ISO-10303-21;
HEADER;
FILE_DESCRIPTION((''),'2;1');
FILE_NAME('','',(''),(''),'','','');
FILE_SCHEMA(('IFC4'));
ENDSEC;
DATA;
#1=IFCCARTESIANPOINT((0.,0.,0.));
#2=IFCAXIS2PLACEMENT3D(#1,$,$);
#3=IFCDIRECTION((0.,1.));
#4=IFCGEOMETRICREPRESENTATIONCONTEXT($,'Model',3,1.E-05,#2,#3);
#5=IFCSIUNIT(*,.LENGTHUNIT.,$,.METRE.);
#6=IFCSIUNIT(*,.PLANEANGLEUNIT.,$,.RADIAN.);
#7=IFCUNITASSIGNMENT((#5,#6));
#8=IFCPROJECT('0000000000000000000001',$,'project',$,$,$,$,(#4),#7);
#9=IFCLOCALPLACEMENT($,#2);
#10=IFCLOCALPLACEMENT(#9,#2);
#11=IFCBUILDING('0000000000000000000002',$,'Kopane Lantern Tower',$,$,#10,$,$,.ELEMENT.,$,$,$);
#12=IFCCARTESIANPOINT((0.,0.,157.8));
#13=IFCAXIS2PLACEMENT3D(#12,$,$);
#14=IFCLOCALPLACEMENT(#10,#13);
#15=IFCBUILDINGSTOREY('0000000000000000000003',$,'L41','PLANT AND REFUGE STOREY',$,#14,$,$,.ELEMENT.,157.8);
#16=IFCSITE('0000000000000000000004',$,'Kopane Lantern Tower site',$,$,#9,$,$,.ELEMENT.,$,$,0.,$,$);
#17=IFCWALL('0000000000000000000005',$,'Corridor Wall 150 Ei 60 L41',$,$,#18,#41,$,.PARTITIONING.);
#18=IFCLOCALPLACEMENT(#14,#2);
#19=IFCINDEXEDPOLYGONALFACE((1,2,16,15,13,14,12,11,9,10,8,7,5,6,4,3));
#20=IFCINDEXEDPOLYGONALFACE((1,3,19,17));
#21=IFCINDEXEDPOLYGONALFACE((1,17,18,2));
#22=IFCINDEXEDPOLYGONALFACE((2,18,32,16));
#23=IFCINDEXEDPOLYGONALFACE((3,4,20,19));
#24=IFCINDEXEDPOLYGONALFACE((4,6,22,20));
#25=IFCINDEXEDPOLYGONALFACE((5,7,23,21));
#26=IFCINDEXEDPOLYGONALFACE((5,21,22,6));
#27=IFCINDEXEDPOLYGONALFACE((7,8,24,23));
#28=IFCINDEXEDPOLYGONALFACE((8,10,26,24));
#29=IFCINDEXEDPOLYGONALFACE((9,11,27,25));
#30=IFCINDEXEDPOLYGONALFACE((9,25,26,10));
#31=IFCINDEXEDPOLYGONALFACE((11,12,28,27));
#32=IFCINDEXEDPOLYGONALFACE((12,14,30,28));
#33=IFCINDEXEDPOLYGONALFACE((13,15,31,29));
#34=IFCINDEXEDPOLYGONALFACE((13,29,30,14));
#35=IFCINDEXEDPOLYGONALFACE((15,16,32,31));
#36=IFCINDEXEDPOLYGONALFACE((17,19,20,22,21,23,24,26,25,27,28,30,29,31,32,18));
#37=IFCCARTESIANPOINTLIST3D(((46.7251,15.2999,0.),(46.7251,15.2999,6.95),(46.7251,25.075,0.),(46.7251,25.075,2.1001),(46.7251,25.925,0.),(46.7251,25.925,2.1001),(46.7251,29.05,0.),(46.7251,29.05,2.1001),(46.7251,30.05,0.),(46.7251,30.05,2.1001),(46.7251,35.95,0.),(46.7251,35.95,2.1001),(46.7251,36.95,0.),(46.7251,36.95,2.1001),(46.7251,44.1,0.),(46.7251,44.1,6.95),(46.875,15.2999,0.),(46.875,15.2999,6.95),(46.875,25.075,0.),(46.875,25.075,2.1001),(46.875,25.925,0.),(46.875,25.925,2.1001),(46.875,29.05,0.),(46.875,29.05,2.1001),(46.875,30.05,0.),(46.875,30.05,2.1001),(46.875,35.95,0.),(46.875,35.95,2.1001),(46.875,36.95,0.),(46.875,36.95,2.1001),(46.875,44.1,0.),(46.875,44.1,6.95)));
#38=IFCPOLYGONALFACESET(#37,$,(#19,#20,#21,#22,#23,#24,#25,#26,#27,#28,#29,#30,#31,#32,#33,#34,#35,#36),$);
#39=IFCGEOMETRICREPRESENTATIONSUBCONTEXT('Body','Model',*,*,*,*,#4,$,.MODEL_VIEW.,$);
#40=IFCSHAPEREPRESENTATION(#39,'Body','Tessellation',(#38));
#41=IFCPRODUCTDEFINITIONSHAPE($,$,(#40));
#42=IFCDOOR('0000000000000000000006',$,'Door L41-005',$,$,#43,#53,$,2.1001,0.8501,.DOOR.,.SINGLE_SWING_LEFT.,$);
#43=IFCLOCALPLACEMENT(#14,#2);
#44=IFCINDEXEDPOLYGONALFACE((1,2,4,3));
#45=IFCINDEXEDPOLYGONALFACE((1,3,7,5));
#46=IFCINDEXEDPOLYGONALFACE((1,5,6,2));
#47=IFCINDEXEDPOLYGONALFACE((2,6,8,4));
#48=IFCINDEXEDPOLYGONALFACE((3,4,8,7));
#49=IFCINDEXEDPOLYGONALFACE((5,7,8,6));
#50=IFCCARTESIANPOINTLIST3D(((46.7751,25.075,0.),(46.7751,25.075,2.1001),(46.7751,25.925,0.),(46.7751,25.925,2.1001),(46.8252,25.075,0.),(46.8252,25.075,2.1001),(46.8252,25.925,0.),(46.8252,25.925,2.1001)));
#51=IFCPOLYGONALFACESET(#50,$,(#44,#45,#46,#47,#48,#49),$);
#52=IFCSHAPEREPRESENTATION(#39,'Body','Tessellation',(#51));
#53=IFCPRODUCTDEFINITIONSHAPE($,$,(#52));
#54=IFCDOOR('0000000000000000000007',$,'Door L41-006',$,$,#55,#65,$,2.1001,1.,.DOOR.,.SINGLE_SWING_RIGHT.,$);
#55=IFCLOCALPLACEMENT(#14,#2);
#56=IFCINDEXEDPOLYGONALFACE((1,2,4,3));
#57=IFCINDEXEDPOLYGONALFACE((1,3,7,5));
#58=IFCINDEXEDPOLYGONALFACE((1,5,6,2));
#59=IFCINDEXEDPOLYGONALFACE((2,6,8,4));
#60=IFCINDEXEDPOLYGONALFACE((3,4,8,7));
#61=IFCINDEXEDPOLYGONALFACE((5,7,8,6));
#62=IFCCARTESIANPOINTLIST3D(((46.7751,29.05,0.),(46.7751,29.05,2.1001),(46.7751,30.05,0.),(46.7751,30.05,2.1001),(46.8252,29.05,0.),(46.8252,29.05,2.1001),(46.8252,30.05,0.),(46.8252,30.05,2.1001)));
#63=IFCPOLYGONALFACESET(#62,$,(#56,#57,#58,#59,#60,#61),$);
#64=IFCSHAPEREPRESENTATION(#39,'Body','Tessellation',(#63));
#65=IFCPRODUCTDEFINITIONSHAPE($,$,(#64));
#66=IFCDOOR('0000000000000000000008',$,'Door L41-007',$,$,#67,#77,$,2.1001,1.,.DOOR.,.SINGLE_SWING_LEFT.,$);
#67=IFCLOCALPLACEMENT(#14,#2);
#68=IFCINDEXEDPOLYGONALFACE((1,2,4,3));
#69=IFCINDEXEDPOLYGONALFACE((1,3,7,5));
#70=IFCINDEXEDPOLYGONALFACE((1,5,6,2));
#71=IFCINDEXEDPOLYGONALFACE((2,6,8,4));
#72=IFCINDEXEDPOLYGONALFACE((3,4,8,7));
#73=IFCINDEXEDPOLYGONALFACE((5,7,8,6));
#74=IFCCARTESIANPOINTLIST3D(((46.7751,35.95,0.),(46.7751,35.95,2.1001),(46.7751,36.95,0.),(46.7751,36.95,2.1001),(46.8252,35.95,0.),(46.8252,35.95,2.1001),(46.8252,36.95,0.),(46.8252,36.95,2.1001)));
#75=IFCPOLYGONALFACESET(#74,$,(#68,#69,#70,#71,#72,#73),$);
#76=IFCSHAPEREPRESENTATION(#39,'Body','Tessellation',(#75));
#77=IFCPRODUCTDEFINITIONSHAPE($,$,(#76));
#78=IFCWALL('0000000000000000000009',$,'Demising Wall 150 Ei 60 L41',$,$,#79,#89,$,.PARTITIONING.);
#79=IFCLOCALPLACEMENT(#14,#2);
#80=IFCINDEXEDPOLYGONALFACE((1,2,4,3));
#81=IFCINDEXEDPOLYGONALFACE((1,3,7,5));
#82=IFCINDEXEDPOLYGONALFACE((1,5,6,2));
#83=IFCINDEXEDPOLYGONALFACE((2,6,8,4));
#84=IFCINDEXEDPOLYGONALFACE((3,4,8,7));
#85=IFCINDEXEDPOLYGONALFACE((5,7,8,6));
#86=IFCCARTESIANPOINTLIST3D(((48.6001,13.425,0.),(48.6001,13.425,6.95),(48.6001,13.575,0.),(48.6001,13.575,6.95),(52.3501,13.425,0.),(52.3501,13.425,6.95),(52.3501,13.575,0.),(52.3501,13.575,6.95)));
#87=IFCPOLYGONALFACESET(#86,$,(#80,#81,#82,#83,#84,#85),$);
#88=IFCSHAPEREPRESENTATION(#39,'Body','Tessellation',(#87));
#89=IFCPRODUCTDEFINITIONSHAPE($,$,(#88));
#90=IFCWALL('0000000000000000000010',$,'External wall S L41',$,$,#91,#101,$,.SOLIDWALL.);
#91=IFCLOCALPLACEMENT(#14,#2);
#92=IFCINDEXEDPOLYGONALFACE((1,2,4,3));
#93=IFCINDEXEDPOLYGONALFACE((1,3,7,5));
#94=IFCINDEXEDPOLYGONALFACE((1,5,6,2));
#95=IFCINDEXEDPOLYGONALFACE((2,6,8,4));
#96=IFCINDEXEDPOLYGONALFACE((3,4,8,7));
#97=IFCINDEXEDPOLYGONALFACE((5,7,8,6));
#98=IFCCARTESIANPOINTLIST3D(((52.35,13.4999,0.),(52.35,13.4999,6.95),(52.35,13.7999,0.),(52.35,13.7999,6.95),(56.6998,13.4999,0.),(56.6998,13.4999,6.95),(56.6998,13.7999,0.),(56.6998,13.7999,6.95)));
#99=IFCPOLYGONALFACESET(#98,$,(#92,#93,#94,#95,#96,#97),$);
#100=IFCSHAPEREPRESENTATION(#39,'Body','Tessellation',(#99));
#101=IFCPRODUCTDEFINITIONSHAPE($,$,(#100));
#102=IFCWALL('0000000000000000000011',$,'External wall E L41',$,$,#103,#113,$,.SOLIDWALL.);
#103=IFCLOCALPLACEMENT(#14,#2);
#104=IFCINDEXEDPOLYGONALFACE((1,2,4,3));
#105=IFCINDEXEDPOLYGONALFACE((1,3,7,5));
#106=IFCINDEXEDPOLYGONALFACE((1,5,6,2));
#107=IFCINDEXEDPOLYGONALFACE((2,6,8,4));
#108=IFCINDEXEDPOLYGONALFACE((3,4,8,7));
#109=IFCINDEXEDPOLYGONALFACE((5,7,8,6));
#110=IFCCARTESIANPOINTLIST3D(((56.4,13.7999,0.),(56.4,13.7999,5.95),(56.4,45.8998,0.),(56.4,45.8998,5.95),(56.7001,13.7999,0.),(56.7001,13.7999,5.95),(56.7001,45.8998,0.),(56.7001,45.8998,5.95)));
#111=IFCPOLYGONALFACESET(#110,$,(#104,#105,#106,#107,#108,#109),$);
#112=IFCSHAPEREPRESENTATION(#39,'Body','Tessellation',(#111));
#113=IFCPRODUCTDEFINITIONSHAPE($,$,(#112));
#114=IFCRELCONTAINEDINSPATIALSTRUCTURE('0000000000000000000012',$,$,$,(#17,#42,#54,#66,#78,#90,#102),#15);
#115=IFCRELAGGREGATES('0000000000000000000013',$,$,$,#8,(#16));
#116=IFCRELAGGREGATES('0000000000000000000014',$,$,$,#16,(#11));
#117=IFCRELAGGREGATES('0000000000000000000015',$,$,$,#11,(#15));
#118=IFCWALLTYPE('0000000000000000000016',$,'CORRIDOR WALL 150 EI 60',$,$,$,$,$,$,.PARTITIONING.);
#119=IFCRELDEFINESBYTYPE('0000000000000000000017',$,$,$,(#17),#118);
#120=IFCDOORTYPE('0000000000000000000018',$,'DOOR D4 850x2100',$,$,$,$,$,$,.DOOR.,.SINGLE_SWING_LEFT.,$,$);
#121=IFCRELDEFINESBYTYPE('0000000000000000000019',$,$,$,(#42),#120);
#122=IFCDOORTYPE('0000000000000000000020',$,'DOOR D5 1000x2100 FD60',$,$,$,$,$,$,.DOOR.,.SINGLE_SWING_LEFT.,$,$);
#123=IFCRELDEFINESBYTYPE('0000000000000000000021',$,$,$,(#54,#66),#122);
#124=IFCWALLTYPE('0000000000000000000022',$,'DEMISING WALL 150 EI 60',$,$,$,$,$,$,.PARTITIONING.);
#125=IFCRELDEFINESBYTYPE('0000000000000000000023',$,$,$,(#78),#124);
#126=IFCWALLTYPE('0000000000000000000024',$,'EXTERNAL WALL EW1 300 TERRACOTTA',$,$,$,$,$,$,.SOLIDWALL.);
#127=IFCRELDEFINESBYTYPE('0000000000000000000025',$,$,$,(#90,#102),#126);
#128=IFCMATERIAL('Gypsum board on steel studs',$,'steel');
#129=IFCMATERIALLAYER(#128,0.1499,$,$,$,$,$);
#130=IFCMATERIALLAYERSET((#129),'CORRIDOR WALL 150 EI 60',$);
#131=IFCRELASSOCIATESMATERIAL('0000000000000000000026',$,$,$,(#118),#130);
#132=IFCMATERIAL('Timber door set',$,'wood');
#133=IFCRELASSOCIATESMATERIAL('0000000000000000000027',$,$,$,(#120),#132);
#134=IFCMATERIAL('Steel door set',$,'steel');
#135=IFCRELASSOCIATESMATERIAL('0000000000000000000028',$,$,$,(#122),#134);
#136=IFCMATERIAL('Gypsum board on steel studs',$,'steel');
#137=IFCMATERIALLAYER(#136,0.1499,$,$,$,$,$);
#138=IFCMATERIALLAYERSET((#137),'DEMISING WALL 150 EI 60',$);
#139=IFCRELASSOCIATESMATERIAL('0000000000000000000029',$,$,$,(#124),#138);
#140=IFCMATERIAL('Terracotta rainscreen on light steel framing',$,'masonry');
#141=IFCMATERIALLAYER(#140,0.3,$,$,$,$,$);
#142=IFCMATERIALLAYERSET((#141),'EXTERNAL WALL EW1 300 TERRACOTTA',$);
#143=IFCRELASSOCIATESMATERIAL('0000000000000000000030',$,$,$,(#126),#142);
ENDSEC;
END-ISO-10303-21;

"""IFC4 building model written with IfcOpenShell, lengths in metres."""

from ifc_helpers import new_model, si_unit, direction, frame, frame_2d, origin, place, context, subcontext, project, spatial, rectangle, extrude, material, layer, layer_set, type_object, element, fill, save


model = new_model("IFC4")

# Units and contexts
model_context = context("Model", 3, precision=1e-05, world=origin(), true_north=direction((0.0, 1.0)))
body_context = subcontext(model_context, "Body", "Model", "MODEL_VIEW")
ifc_project = project(units=[si_unit("LENGTHUNIT", "METRE"), si_unit("PLANEANGLEUNIT", "RADIAN")], contexts=[model_context])

# Site, building, storey
site_placement = place(None, origin())
site = spatial("IfcSite", under=ifc_project, at=site_placement, Name="Kopane Lantern Tower site", CompositionType="ELEMENT", RefElevation=0.0)
building_placement = place(site_placement, origin())
building = spatial("IfcBuilding", under=site, at=building_placement, Name="Kopane Lantern Tower", CompositionType="ELEMENT")
storey_placement = place(building_placement, frame((0.0, 0.0, 157.8)))
storey = spatial("IfcBuildingStorey", under=building, at=storey_placement, Name="L41", Description="PLANT AND REFUGE STOREY", CompositionType="ELEMENT", Elevation=157.8)

# Wall, openings, doors
ifc_material_1 = material(Name="Gypsum board on steel studs", Category="steel")
ifc_layer_1 = layer(ifc_material_1, 0.1499)
ifc_layer_set_1 = layer_set([ifc_layer_1], Name="CORRIDOR WALL 150 EI 60")
wall_type_1 = type_object("IfcWallType", Name="CORRIDOR WALL 150 EI 60", PredefinedType="PARTITIONING", material=ifc_layer_set_1)
wall_1_placement = place(storey_placement, frame((46.8, 15.3, 0.0), z_axis=(0.0, 0.0, 1.0), x_axis=(0.0, 1.0, 0.0)))
wall_1 = element("IfcWall", 1, at=wall_1_placement, inside=storey, type_object=wall_type_1, Name="Corridor Wall 150 Ei 60 L41", PredefinedType="PARTITIONING", context=body_context, shape_type="SweptSolid", body=[
    extrude(rectangle(XDim=28.8, YDim=0.1499, at=frame_2d((14.3999, 0.0))), origin(), (0.0, 0.0, 1.0), 6.95),
])
opening_1_placement = place(wall_1_placement, frame((9.7749, 0.0, 0.0)))
opening_1 = element("IfcOpeningElement", 2, at=opening_1_placement, cuts=wall_1, PredefinedType="OPENING", context=body_context, shape_type="SweptSolid", body=[
    extrude(rectangle(XDim=0.8501, YDim=2.1001, at=frame_2d((0.425, 1.05))), frame((0.0, 0.085, 0.0), z_axis=(0.0, -1.0, 0.0), x_axis=(1.0, 0.0, 0.0)), (0.0, 0.0, 1.0), 0.1699),
])
opening_2_placement = place(wall_1_placement, frame((13.75, 0.0, 0.0)))
opening_2 = element("IfcOpeningElement", 3, at=opening_2_placement, cuts=wall_1, PredefinedType="OPENING", context=body_context, shape_type="SweptSolid", body=[
    extrude(rectangle(XDim=1.0, YDim=2.1001, at=frame_2d((0.5, 1.05))), frame((0.0, 0.085, 0.0), z_axis=(0.0, -1.0, 0.0), x_axis=(1.0, 0.0, 0.0)), (0.0, 0.0, 1.0), 0.1699),
])
opening_3_placement = place(wall_1_placement, frame((20.6499, 0.0, 0.0)))
opening_3 = element("IfcOpeningElement", 4, at=opening_3_placement, cuts=wall_1, PredefinedType="OPENING", context=body_context, shape_type="SweptSolid", body=[
    extrude(rectangle(XDim=1.0, YDim=2.1001, at=frame_2d((0.5, 1.05))), frame((0.0, 0.085, 0.0), z_axis=(0.0, -1.0, 0.0), x_axis=(1.0, 0.0, 0.0)), (0.0, 0.0, 1.0), 0.1699),
])
ifc_material_2 = material(Name="Timber door set", Category="wood")
door_type_1 = type_object("IfcDoorType", Name="DOOR D4 850x2100", OperationType="SINGLE_SWING_LEFT", PredefinedType="DOOR", material=ifc_material_2)
door_1_placement = place(opening_1_placement, origin())
door_1 = element("IfcDoor", 5, at=door_1_placement, inside=storey, type_object=door_type_1, Name="Door L41-005", OperationType="SINGLE_SWING_LEFT", OverallHeight=2.1001, OverallWidth=0.8501, PredefinedType="DOOR", context=body_context, shape_type="SweptSolid", body=[
    extrude(rectangle(XDim=0.8501, YDim=2.1001, at=frame_2d((0.425, 1.05))), frame((0.0, 0.0249, 0.0), z_axis=(0.0, -1.0, 0.0), x_axis=(1.0, 0.0, 0.0)), (0.0, 0.0, 1.0), 0.05),
])
fill(opening_1, door_1)
ifc_material_3 = material(Name="Steel door set", Category="steel")
door_type_2 = type_object("IfcDoorType", Name="DOOR D5 1000x2100 FD60", OperationType="SINGLE_SWING_LEFT", PredefinedType="DOOR", material=ifc_material_3)
door_2_placement = place(opening_2_placement, origin())
door_2 = element("IfcDoor", 6, at=door_2_placement, inside=storey, type_object=door_type_2, Name="Door L41-006", OperationType="SINGLE_SWING_RIGHT", OverallHeight=2.1001, OverallWidth=1.0, PredefinedType="DOOR", context=body_context, shape_type="SweptSolid", body=[
    extrude(rectangle(XDim=1.0, YDim=2.1001, at=frame_2d((0.5, 1.05))), frame((0.0, 0.0249, 0.0), z_axis=(0.0, -1.0, 0.0), x_axis=(1.0, 0.0, 0.0)), (0.0, 0.0, 1.0), 0.05),
])
fill(opening_2, door_2)
door_3_placement = place(opening_3_placement, origin())
door_3 = element("IfcDoor", 7, at=door_3_placement, inside=storey, type_object=door_type_2, Name="Door L41-007", OperationType="SINGLE_SWING_LEFT", OverallHeight=2.1001, OverallWidth=1.0, PredefinedType="DOOR", context=body_context, shape_type="SweptSolid", body=[
    extrude(rectangle(XDim=1.0, YDim=2.1001, at=frame_2d((0.5, 1.05))), frame((0.0, 0.0249, 0.0), z_axis=(0.0, -1.0, 0.0), x_axis=(1.0, 0.0, 0.0)), (0.0, 0.0, 1.0), 0.05),
])
fill(opening_3, door_3)

# Walls
ifc_material_4 = material(Name="Gypsum board on steel studs", Category="steel")
ifc_layer_2 = layer(ifc_material_4, 0.1499)
ifc_layer_set_2 = layer_set([ifc_layer_2], Name="DEMISING WALL 150 EI 60")
wall_type_2 = type_object("IfcWallType", Name="DEMISING WALL 150 EI 60", PredefinedType="PARTITIONING", material=ifc_layer_set_2)
wall_2_placement = place(storey_placement, frame((48.6001, 13.5, 0.0), z_axis=(0.0, 0.0, 1.0), x_axis=(1.0, 0.0, 0.0)))
element("IfcWall", 8, at=wall_2_placement, inside=storey, type_object=wall_type_2, Name="Demising Wall 150 Ei 60 L41", PredefinedType="PARTITIONING", context=body_context, shape_type="SweptSolid", body=[
    extrude(rectangle(XDim=3.75, YDim=0.1499, at=frame_2d((1.875, 0.0))), origin(), (0.0, 0.0, 1.0), 6.95),
])
ifc_material_5 = material(Name="Terracotta rainscreen on light steel framing", Category="masonry")
ifc_layer_3 = layer(ifc_material_5, 0.3)
ifc_layer_set_3 = layer_set([ifc_layer_3], Name="EXTERNAL WALL EW1 300 TERRACOTTA")
wall_type_3 = type_object("IfcWallType", Name="EXTERNAL WALL EW1 300 TERRACOTTA", PredefinedType="SOLIDWALL", material=ifc_layer_set_3)
wall_3_placement = place(storey_placement, frame((52.3501, 13.6499, 0.0), z_axis=(0.0, 0.0, 1.0), x_axis=(1.0, 0.0, 0.0)))
element("IfcWall", 9, at=wall_3_placement, inside=storey, type_object=wall_type_3, Name="External wall S L41", PredefinedType="SOLIDWALL", context=body_context, shape_type="SweptSolid", body=[
    extrude(rectangle(XDim=4.3499, YDim=0.3, at=frame_2d((2.1748, 0.0))), origin(), (0.0, 0.0, 1.0), 6.95),
])
wall_4_placement = place(storey_placement, frame((56.55, 13.8, 0.0), z_axis=(0.0, 0.0, 1.0), x_axis=(0.0, 1.0, 0.0)))
element("IfcWall", 10, at=wall_4_placement, inside=storey, type_object=wall_type_3, Name="External wall E L41", PredefinedType="SOLIDWALL", context=body_context, shape_type="SweptSolid", body=[
    extrude(rectangle(XDim=32.0999, YDim=0.3, at=frame_2d((16.0498, 0.0))), origin(), (0.0, 0.0, 1.0), 5.95),
])

save(model, "model.ifc")
